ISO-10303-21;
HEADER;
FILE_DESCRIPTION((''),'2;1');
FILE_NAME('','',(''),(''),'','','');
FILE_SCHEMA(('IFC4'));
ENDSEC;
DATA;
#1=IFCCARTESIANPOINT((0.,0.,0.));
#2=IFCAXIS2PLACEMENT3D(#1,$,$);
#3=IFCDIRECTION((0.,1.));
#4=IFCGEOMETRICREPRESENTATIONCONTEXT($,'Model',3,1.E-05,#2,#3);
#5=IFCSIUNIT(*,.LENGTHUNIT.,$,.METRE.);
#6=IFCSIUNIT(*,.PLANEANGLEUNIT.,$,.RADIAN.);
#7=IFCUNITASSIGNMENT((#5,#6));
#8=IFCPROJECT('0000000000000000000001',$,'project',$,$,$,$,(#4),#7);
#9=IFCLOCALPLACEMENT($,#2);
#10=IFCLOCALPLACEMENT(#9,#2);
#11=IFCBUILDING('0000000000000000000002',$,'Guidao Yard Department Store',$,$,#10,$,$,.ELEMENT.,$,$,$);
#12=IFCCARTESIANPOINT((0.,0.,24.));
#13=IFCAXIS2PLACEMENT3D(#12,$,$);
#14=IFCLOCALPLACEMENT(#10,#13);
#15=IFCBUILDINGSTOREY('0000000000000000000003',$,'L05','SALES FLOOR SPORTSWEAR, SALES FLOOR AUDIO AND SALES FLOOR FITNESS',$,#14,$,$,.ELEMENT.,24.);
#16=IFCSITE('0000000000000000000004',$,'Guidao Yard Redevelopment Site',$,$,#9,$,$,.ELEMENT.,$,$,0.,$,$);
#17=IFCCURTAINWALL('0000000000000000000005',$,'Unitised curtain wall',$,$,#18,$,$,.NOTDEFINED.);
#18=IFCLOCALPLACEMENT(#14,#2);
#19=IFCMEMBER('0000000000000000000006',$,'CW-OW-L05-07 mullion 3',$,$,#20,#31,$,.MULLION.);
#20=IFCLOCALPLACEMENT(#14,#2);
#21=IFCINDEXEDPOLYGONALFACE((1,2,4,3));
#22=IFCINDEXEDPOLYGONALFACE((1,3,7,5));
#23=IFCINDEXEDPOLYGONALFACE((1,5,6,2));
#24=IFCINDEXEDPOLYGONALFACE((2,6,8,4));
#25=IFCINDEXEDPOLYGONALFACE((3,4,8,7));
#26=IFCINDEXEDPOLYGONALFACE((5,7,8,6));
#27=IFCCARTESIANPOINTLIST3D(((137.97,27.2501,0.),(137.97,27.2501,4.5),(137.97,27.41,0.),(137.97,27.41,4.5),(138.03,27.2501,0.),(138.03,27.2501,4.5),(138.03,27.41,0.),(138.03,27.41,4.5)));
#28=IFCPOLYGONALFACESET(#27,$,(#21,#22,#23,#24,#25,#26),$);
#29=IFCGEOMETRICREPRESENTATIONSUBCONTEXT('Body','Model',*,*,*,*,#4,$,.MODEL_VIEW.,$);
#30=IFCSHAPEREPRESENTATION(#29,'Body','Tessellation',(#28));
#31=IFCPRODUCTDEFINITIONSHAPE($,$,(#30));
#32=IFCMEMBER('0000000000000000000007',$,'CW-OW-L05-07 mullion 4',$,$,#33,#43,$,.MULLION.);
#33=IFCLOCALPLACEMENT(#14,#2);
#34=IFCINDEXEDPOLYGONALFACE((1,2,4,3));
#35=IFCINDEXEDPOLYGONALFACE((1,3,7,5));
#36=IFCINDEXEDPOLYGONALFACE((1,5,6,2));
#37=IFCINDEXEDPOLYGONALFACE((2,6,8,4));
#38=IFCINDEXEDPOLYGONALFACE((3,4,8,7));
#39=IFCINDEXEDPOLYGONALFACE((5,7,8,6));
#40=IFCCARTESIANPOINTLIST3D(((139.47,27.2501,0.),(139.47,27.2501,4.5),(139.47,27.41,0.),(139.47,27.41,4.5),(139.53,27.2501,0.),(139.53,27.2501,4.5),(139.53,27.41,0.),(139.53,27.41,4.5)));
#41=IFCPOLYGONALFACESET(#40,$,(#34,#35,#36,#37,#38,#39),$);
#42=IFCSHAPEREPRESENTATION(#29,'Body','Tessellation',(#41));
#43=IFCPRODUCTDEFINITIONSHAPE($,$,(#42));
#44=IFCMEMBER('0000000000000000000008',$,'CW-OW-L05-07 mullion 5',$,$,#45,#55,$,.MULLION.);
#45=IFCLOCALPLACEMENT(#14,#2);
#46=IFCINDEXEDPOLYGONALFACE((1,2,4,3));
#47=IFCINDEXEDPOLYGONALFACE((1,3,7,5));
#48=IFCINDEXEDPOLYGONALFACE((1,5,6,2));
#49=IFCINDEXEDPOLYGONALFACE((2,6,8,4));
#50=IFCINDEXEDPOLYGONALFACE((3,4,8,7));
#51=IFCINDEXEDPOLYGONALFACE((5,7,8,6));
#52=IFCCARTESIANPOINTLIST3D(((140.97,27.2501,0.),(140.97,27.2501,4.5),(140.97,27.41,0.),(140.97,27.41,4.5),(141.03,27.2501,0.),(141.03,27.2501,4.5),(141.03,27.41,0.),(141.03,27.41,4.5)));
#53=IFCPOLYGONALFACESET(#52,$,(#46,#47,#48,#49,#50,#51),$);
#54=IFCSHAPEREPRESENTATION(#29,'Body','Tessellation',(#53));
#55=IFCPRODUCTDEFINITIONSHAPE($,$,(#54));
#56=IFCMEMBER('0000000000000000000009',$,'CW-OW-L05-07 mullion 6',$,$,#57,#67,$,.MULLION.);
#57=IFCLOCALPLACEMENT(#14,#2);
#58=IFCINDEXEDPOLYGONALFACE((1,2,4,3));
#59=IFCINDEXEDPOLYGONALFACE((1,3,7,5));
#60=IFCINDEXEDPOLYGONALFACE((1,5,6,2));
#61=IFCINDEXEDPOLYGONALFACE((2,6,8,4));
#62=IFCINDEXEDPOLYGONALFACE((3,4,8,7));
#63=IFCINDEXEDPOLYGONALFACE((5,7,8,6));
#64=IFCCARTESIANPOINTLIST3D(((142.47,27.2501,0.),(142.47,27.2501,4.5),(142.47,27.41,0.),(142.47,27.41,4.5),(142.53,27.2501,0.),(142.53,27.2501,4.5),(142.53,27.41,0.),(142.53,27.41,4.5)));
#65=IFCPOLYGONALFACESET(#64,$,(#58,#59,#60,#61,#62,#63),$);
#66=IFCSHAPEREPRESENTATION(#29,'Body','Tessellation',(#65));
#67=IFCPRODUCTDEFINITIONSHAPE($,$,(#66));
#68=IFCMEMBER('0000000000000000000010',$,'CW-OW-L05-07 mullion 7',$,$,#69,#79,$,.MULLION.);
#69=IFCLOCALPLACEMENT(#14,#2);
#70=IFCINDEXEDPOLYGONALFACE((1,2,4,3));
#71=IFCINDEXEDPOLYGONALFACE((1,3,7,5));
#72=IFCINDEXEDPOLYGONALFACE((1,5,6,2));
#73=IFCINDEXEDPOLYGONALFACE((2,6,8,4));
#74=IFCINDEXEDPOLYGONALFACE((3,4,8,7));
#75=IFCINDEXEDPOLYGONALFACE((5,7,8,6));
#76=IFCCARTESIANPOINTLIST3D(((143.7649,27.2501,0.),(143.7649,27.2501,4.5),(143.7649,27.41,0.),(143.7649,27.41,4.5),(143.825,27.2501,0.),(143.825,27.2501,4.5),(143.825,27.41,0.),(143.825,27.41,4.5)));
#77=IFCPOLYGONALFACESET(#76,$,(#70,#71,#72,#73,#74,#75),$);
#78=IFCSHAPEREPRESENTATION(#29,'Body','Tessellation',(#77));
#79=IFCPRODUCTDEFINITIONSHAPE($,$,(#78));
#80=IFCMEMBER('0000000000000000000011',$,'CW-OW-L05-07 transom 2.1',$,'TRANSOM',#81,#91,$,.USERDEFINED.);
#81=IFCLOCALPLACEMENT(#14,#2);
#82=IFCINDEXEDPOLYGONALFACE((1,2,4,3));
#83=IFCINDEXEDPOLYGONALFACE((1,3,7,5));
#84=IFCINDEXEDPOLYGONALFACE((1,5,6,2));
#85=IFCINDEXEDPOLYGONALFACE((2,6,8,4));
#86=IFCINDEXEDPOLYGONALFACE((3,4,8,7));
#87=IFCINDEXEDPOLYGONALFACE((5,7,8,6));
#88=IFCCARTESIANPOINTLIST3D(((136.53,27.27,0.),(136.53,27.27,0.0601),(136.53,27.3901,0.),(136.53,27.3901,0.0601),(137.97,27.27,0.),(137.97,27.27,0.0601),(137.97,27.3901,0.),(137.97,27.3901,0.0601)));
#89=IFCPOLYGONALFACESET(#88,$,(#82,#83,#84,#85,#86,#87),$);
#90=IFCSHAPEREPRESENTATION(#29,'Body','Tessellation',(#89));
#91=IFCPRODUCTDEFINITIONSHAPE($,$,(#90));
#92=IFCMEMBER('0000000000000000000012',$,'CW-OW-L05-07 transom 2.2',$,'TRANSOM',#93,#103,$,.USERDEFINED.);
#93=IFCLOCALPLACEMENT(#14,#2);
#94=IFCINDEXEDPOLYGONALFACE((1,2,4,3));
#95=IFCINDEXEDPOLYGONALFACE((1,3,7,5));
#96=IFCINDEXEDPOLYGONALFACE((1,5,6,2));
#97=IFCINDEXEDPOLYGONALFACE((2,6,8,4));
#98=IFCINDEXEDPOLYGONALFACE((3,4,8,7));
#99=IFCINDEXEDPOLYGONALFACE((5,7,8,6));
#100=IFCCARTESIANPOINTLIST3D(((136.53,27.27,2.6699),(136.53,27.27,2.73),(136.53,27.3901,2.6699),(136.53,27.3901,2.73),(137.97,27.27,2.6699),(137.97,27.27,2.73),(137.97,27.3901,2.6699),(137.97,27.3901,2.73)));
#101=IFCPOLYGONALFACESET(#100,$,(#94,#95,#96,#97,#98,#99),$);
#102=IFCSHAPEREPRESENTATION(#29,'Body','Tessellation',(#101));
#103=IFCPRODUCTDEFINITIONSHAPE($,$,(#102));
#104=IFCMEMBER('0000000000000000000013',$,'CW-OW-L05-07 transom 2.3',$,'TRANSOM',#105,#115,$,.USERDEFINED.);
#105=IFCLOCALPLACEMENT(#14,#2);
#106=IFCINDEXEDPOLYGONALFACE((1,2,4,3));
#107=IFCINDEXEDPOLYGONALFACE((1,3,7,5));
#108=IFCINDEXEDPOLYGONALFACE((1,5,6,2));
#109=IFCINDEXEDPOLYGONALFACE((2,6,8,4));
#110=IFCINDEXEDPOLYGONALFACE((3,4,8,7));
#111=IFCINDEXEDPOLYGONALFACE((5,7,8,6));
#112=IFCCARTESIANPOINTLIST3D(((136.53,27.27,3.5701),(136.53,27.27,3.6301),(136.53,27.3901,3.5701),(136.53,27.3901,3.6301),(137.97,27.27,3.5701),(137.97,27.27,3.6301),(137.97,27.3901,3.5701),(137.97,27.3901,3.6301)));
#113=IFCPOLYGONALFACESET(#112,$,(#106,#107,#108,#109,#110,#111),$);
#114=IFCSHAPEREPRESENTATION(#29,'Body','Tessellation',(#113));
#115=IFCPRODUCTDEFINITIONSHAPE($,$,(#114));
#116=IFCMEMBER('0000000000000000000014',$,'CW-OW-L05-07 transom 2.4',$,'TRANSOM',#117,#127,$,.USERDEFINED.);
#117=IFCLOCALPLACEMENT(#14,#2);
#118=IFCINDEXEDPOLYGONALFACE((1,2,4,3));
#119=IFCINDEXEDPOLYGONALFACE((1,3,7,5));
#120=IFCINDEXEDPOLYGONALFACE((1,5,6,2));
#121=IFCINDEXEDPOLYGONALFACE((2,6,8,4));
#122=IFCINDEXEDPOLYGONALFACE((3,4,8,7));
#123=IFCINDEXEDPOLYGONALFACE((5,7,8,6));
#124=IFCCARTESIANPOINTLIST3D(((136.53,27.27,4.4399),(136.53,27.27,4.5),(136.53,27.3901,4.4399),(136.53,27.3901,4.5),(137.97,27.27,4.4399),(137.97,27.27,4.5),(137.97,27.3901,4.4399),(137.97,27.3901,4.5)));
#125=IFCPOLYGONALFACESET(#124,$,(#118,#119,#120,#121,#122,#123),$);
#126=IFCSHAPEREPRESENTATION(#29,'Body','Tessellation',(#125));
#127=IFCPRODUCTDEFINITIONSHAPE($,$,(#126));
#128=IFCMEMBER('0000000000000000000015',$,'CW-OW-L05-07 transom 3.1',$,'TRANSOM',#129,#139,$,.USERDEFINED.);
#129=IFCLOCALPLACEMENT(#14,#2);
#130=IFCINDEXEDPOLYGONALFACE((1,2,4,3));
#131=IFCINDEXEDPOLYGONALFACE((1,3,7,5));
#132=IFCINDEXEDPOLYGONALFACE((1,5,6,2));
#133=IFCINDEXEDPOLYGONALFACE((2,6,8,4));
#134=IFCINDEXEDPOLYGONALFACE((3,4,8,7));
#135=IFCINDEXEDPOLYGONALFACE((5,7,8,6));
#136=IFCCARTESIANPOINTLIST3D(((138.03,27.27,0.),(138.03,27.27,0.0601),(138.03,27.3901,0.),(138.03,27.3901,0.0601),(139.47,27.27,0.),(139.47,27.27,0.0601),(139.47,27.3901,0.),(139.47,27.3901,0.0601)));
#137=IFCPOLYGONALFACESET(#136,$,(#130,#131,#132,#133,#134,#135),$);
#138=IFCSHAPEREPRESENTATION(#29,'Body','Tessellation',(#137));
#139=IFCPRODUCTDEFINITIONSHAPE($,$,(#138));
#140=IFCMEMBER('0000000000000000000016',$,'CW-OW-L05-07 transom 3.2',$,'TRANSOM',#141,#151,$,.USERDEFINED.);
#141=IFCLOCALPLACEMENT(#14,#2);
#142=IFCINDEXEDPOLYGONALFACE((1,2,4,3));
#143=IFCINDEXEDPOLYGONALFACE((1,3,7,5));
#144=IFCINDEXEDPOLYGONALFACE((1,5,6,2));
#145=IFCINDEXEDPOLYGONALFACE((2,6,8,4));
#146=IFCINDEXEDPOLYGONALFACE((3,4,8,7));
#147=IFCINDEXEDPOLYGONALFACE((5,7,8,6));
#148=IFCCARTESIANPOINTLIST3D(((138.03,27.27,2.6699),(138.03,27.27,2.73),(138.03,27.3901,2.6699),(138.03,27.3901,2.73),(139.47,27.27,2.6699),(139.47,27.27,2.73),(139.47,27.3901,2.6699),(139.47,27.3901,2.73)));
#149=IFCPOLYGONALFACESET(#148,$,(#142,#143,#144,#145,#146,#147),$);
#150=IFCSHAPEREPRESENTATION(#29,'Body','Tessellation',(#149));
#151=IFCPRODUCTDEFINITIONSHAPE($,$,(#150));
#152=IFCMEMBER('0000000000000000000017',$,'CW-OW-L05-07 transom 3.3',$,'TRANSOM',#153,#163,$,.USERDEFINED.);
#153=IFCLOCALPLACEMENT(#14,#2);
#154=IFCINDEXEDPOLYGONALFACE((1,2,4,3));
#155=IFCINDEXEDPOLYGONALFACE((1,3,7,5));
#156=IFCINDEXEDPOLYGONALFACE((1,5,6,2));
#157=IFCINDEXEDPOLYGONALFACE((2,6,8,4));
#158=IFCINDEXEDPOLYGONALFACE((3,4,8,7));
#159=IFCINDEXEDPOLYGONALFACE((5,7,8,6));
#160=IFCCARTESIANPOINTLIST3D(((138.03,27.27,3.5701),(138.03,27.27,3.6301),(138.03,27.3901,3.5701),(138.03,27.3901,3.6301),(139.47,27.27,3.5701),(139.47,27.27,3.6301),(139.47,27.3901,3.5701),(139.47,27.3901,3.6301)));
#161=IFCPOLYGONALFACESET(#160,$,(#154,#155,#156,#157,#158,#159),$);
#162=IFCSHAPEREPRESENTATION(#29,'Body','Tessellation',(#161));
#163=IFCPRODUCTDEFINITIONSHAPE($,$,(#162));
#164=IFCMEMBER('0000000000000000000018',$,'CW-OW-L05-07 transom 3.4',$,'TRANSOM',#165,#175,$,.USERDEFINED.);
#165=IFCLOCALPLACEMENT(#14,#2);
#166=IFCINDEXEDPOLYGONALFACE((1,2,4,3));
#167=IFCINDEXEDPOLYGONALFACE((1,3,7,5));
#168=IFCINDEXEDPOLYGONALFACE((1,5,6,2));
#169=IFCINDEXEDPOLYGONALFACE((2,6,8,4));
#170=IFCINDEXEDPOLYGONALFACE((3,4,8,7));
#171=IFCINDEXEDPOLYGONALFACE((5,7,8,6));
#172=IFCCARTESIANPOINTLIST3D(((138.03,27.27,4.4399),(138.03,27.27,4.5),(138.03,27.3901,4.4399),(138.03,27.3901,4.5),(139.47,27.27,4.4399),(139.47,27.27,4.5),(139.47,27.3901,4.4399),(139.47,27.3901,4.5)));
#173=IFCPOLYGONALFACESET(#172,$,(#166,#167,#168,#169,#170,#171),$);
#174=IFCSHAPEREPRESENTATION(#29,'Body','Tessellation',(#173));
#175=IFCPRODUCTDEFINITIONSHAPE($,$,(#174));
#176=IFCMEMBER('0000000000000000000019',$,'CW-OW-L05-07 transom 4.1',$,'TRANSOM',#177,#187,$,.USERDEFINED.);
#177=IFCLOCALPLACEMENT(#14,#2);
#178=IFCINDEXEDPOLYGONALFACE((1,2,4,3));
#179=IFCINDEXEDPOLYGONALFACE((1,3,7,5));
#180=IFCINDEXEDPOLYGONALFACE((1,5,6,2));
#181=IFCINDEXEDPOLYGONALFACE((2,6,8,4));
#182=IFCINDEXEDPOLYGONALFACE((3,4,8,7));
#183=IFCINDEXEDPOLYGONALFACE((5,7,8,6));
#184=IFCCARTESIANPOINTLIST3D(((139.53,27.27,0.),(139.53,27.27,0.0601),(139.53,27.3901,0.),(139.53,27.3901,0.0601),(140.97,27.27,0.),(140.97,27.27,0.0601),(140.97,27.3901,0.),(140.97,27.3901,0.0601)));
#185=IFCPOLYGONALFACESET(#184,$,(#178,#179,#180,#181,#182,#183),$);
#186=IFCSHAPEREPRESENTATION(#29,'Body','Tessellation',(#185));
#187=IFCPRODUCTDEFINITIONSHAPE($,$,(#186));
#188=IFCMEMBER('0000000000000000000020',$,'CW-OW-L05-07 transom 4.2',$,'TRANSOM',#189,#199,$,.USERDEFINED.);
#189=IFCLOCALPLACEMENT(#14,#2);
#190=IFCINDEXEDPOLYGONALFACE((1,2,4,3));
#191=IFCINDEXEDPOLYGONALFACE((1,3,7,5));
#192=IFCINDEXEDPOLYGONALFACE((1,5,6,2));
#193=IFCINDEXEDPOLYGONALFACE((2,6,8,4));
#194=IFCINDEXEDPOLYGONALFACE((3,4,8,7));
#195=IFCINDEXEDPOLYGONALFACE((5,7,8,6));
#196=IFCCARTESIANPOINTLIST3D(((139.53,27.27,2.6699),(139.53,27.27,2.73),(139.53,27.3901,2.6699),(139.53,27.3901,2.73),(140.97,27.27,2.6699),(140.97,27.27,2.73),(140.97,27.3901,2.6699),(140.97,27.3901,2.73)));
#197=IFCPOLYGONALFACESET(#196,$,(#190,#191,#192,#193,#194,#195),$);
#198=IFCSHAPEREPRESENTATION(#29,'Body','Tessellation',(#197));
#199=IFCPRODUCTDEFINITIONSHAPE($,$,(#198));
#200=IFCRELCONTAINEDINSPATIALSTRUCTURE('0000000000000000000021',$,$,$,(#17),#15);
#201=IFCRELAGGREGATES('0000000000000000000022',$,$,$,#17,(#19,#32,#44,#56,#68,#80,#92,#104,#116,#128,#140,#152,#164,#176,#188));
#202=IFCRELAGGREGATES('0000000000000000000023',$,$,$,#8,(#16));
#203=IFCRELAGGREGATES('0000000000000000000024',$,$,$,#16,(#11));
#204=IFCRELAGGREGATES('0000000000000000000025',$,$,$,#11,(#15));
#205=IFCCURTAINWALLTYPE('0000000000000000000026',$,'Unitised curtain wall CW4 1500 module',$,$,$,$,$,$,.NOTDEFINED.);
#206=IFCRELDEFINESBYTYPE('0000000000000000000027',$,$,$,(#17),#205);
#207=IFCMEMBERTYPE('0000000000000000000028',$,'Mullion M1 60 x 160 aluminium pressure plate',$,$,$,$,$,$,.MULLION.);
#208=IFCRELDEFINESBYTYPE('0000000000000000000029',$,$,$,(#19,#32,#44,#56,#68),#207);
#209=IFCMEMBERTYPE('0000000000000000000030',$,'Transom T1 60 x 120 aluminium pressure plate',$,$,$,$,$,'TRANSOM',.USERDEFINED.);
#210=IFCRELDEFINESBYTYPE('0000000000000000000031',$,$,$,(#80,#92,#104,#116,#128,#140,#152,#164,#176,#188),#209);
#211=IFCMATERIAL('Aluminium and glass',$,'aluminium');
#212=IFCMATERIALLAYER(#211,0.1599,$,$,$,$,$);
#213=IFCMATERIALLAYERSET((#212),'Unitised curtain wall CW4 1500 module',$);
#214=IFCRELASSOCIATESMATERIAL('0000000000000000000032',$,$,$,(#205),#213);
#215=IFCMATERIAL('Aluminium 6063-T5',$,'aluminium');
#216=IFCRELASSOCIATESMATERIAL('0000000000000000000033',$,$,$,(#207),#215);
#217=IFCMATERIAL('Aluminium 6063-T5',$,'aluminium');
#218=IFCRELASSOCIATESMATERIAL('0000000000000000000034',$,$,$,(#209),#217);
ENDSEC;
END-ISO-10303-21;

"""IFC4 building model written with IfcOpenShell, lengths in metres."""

from ifc_helpers import new_model, si_unit, direction, frame, origin, origin_2d, place, context, subcontext, project, spatial, rectangle, extrude, material, layer, layer_set, material_profile, profile_set, type_object, element, aggregate, save


model = new_model("IFC4")

# Units and contexts
model_context = context("Model", 3, precision=1e-05, world=origin(), true_north=direction((0.0, 1.0)))
body_context = subcontext(model_context, "Body", "Model", "MODEL_VIEW")
ifc_project = project(units=[si_unit("LENGTHUNIT", "METRE"), si_unit("PLANEANGLEUNIT", "RADIAN")], contexts=[model_context])

# Site, building, storey
site_placement = place(None, origin())
site = spatial("IfcSite", under=ifc_project, at=site_placement, Name="Guidao Yard Redevelopment Site", CompositionType="ELEMENT", RefElevation=0.0)
building_placement = place(site_placement, origin())
building = spatial("IfcBuilding", under=site, at=building_placement, Name="Guidao Yard Department Store", CompositionType="ELEMENT")
storey_placement = place(building_placement, frame((0.0, 0.0, 24.0)))
storey = spatial("IfcBuildingStorey", under=building, at=storey_placement, Name="L05", Description="SALES FLOOR SPORTSWEAR, SALES FLOOR AUDIO AND SALES FLOOR FITNESS", CompositionType="ELEMENT", Elevation=24.0)

# Curtain wall, members
ifc_material_1 = material(Name="Aluminium and glass", Category="aluminium")
ifc_layer_1 = layer(ifc_material_1, 0.1599)
ifc_layer_set_1 = layer_set([ifc_layer_1], Name="Unitised curtain wall CW4 1500 module")
curtain_wall_type = type_object("IfcCurtainWallType", Name="Unitised curtain wall CW4 1500 module", PredefinedType="NOTDEFINED", material=ifc_layer_set_1)
curtain_wall_placement = place(storey_placement, origin())
curtain_wall = element("IfcCurtainWall", 1, at=curtain_wall_placement, inside=storey, type_object=curtain_wall_type, Name="Unitised curtain wall", PredefinedType="NOTDEFINED")
ifc_material_2 = material(Name="Aluminium 6063-T5", Category="aluminium")
ifc_material_profile_1 = material_profile(ifc_material_2, rectangle(XDim=0.0601, YDim=0.1599, at=origin_2d()), Name="Mullion M1 60 x 160 aluminium pressure plate")
ifc_profile_set_1 = profile_set([ifc_material_profile_1], Name="Aluminium 6063-T5")
member_type_1 = type_object("IfcMemberType", Name="Mullion M1 60 x 160 aluminium pressure plate", PredefinedType="MULLION", material=ifc_profile_set_1)
member_1_placement = place(storey_placement, frame((138.0, 27.3301, 0.0), z_axis=(0.0, 0.0, 1.0), x_axis=(1.0, 0.0, 0.0)))
member_1 = element("IfcMember", 2, at=member_1_placement, type_object=member_type_1, Name="CW-OW-L05-07 mullion 3", PredefinedType="MULLION", context=body_context, shape_type="SweptSolid", body=[
    extrude(rectangle(XDim=0.0601, YDim=0.1599, at=origin_2d()), origin(), (0.0, 0.0, 1.0), 4.5),
])
member_2_placement = place(storey_placement, frame((139.5, 27.3301, 0.0), z_axis=(0.0, 0.0, 1.0), x_axis=(1.0, 0.0, 0.0)))
member_2 = element("IfcMember", 3, at=member_2_placement, type_object=member_type_1, Name="CW-OW-L05-07 mullion 4", PredefinedType="MULLION", context=body_context, shape_type="SweptSolid", body=[
    extrude(rectangle(XDim=0.0601, YDim=0.1599, at=origin_2d()), origin(), (0.0, 0.0, 1.0), 4.5),
])
member_3_placement = place(storey_placement, frame((141.0, 27.3301, 0.0), z_axis=(0.0, 0.0, 1.0), x_axis=(1.0, 0.0, 0.0)))
member_3 = element("IfcMember", 4, at=member_3_placement, type_object=member_type_1, Name="CW-OW-L05-07 mullion 5", PredefinedType="MULLION", context=body_context, shape_type="SweptSolid", body=[
    extrude(rectangle(XDim=0.0601, YDim=0.1599, at=origin_2d()), origin(), (0.0, 0.0, 1.0), 4.5),
])
member_4_placement = place(storey_placement, frame((142.5, 27.3301, 0.0), z_axis=(0.0, 0.0, 1.0), x_axis=(1.0, 0.0, 0.0)))
member_4 = element("IfcMember", 5, at=member_4_placement, type_object=member_type_1, Name="CW-OW-L05-07 mullion 6", PredefinedType="MULLION", context=body_context, shape_type="SweptSolid", body=[
    extrude(rectangle(XDim=0.0601, YDim=0.1599, at=origin_2d()), origin(), (0.0, 0.0, 1.0), 4.5),
])
member_5_placement = place(storey_placement, frame((143.7949, 27.3301, 0.0), z_axis=(0.0, 0.0, 1.0), x_axis=(1.0, 0.0, 0.0)))
member_5 = element("IfcMember", 6, at=member_5_placement, type_object=member_type_1, Name="CW-OW-L05-07 mullion 7", PredefinedType="MULLION", context=body_context, shape_type="SweptSolid", body=[
    extrude(rectangle(XDim=0.0601, YDim=0.1599, at=origin_2d()), origin(), (0.0, 0.0, 1.0), 4.5),
])
ifc_material_3 = material(Name="Aluminium 6063-T5", Category="aluminium")
ifc_material_profile_2 = material_profile(ifc_material_3, rectangle(XDim=0.1201, YDim=0.0601, at=origin_2d()), Name="Transom T1 60 x 120 aluminium pressure plate")
ifc_profile_set_2 = profile_set([ifc_material_profile_2], Name="Aluminium 6063-T5")
member_type_2 = type_object("IfcMemberType", Name="Transom T1 60 x 120 aluminium pressure plate", ElementType="TRANSOM", PredefinedType="USERDEFINED", material=ifc_profile_set_2)
member_6_placement = place(storey_placement, frame((136.53, 27.3301, 0.03), z_axis=(1.0, 0.0, 0.0), x_axis=(0.0, 1.0, 0.0)))
member_6 = element("IfcMember", 7, at=member_6_placement, type_object=member_type_2, Name="CW-OW-L05-07 transom 2.1", ObjectType="TRANSOM", PredefinedType="USERDEFINED", context=body_context, shape_type="SweptSolid", body=[
    extrude(rectangle(XDim=0.1201, YDim=0.0601, at=origin_2d()), origin(), (0.0, 0.0, 1.0), 1.4399),
])
member_7_placement = place(storey_placement, frame((136.53, 27.3301, 2.7), z_axis=(1.0, 0.0, 0.0), x_axis=(0.0, 1.0, 0.0)))
member_7 = element("IfcMember", 8, at=member_7_placement, type_object=member_type_2, Name="CW-OW-L05-07 transom 2.2", ObjectType="TRANSOM", PredefinedType="USERDEFINED", context=body_context, shape_type="SweptSolid", body=[
    extrude(rectangle(XDim=0.1201, YDim=0.0601, at=origin_2d()), origin(), (0.0, 0.0, 1.0), 1.4399),
])
member_8_placement = place(storey_placement, frame((136.53, 27.3301, 3.6001), z_axis=(1.0, 0.0, 0.0), x_axis=(0.0, 1.0, 0.0)))
member_8 = element("IfcMember", 9, at=member_8_placement, type_object=member_type_2, Name="CW-OW-L05-07 transom 2.3", ObjectType="TRANSOM", PredefinedType="USERDEFINED", context=body_context, shape_type="SweptSolid", body=[
    extrude(rectangle(XDim=0.1201, YDim=0.0601, at=origin_2d()), origin(), (0.0, 0.0, 1.0), 1.4399),
])
member_9_placement = place(storey_placement, frame((136.53, 27.3301, 4.47), z_axis=(1.0, 0.0, 0.0), x_axis=(0.0, 1.0, 0.0)))
member_9 = element("IfcMember", 10, at=member_9_placement, type_object=member_type_2, Name="CW-OW-L05-07 transom 2.4", ObjectType="TRANSOM", PredefinedType="USERDEFINED", context=body_context, shape_type="SweptSolid", body=[
    extrude(rectangle(XDim=0.1201, YDim=0.0601, at=origin_2d()), origin(), (0.0, 0.0, 1.0), 1.4399),
])
member_10_placement = place(storey_placement, frame((138.03, 27.3301, 0.03), z_axis=(1.0, 0.0, 0.0), x_axis=(0.0, 1.0, 0.0)))
member_10 = element("IfcMember", 11, at=member_10_placement, type_object=member_type_2, Name="CW-OW-L05-07 transom 3.1", ObjectType="TRANSOM", PredefinedType="USERDEFINED", context=body_context, shape_type="SweptSolid", body=[
    extrude(rectangle(XDim=0.1201, YDim=0.0601, at=origin_2d()), origin(), (0.0, 0.0, 1.0), 1.4399),
])
member_11_placement = place(storey_placement, frame((138.03, 27.3301, 2.7), z_axis=(1.0, 0.0, 0.0), x_axis=(0.0, 1.0, 0.0)))
member_11 = element("IfcMember", 12, at=member_11_placement, type_object=member_type_2, Name="CW-OW-L05-07 transom 3.2", ObjectType="TRANSOM", PredefinedType="USERDEFINED", context=body_context, shape_type="SweptSolid", body=[
    extrude(rectangle(XDim=0.1201, YDim=0.0601, at=origin_2d()), origin(), (0.0, 0.0, 1.0), 1.4399),
])
member_12_placement = place(storey_placement, frame((138.03, 27.3301, 3.6001), z_axis=(1.0, 0.0, 0.0), x_axis=(0.0, 1.0, 0.0)))
member_12 = element("IfcMember", 13, at=member_12_placement, type_object=member_type_2, Name="CW-OW-L05-07 transom 3.3", ObjectType="TRANSOM", PredefinedType="USERDEFINED", context=body_context, shape_type="SweptSolid", body=[
    extrude(rectangle(XDim=0.1201, YDim=0.0601, at=origin_2d()), origin(), (0.0, 0.0, 1.0), 1.4399),
])
member_13_placement = place(storey_placement, frame((138.03, 27.3301, 4.47), z_axis=(1.0, 0.0, 0.0), x_axis=(0.0, 1.0, 0.0)))
member_13 = element("IfcMember", 14, at=member_13_placement, type_object=member_type_2, Name="CW-OW-L05-07 transom 3.4", ObjectType="TRANSOM", PredefinedType="USERDEFINED", context=body_context, shape_type="SweptSolid", body=[
    extrude(rectangle(XDim=0.1201, YDim=0.0601, at=origin_2d()), origin(), (0.0, 0.0, 1.0), 1.4399),
])
member_14_placement = place(storey_placement, frame((139.53, 27.3301, 0.03), z_axis=(1.0, 0.0, 0.0), x_axis=(0.0, 1.0, 0.0)))
member_14 = element("IfcMember", 15, at=member_14_placement, type_object=member_type_2, Name="CW-OW-L05-07 transom 4.1", ObjectType="TRANSOM", PredefinedType="USERDEFINED", context=body_context, shape_type="SweptSolid", body=[
    extrude(rectangle(XDim=0.1201, YDim=0.0601, at=origin_2d()), origin(), (0.0, 0.0, 1.0), 1.4399),
])
member_15_placement = place(storey_placement, frame((139.53, 27.3301, 2.7), z_axis=(1.0, 0.0, 0.0), x_axis=(0.0, 1.0, 0.0)))
member_15 = element("IfcMember", 16, at=member_15_placement, type_object=member_type_2, Name="CW-OW-L05-07 transom 4.2", ObjectType="TRANSOM", PredefinedType="USERDEFINED", context=body_context, shape_type="SweptSolid", body=[
    extrude(rectangle(XDim=0.1201, YDim=0.0601, at=origin_2d()), origin(), (0.0, 0.0, 1.0), 1.4399),
])
aggregate(curtain_wall, [member_1, member_2, member_3, member_4, member_5, member_6, member_7, member_8, member_9, member_10, member_11, member_12, member_13, member_14, member_15])

save(model, "model.ifc")
